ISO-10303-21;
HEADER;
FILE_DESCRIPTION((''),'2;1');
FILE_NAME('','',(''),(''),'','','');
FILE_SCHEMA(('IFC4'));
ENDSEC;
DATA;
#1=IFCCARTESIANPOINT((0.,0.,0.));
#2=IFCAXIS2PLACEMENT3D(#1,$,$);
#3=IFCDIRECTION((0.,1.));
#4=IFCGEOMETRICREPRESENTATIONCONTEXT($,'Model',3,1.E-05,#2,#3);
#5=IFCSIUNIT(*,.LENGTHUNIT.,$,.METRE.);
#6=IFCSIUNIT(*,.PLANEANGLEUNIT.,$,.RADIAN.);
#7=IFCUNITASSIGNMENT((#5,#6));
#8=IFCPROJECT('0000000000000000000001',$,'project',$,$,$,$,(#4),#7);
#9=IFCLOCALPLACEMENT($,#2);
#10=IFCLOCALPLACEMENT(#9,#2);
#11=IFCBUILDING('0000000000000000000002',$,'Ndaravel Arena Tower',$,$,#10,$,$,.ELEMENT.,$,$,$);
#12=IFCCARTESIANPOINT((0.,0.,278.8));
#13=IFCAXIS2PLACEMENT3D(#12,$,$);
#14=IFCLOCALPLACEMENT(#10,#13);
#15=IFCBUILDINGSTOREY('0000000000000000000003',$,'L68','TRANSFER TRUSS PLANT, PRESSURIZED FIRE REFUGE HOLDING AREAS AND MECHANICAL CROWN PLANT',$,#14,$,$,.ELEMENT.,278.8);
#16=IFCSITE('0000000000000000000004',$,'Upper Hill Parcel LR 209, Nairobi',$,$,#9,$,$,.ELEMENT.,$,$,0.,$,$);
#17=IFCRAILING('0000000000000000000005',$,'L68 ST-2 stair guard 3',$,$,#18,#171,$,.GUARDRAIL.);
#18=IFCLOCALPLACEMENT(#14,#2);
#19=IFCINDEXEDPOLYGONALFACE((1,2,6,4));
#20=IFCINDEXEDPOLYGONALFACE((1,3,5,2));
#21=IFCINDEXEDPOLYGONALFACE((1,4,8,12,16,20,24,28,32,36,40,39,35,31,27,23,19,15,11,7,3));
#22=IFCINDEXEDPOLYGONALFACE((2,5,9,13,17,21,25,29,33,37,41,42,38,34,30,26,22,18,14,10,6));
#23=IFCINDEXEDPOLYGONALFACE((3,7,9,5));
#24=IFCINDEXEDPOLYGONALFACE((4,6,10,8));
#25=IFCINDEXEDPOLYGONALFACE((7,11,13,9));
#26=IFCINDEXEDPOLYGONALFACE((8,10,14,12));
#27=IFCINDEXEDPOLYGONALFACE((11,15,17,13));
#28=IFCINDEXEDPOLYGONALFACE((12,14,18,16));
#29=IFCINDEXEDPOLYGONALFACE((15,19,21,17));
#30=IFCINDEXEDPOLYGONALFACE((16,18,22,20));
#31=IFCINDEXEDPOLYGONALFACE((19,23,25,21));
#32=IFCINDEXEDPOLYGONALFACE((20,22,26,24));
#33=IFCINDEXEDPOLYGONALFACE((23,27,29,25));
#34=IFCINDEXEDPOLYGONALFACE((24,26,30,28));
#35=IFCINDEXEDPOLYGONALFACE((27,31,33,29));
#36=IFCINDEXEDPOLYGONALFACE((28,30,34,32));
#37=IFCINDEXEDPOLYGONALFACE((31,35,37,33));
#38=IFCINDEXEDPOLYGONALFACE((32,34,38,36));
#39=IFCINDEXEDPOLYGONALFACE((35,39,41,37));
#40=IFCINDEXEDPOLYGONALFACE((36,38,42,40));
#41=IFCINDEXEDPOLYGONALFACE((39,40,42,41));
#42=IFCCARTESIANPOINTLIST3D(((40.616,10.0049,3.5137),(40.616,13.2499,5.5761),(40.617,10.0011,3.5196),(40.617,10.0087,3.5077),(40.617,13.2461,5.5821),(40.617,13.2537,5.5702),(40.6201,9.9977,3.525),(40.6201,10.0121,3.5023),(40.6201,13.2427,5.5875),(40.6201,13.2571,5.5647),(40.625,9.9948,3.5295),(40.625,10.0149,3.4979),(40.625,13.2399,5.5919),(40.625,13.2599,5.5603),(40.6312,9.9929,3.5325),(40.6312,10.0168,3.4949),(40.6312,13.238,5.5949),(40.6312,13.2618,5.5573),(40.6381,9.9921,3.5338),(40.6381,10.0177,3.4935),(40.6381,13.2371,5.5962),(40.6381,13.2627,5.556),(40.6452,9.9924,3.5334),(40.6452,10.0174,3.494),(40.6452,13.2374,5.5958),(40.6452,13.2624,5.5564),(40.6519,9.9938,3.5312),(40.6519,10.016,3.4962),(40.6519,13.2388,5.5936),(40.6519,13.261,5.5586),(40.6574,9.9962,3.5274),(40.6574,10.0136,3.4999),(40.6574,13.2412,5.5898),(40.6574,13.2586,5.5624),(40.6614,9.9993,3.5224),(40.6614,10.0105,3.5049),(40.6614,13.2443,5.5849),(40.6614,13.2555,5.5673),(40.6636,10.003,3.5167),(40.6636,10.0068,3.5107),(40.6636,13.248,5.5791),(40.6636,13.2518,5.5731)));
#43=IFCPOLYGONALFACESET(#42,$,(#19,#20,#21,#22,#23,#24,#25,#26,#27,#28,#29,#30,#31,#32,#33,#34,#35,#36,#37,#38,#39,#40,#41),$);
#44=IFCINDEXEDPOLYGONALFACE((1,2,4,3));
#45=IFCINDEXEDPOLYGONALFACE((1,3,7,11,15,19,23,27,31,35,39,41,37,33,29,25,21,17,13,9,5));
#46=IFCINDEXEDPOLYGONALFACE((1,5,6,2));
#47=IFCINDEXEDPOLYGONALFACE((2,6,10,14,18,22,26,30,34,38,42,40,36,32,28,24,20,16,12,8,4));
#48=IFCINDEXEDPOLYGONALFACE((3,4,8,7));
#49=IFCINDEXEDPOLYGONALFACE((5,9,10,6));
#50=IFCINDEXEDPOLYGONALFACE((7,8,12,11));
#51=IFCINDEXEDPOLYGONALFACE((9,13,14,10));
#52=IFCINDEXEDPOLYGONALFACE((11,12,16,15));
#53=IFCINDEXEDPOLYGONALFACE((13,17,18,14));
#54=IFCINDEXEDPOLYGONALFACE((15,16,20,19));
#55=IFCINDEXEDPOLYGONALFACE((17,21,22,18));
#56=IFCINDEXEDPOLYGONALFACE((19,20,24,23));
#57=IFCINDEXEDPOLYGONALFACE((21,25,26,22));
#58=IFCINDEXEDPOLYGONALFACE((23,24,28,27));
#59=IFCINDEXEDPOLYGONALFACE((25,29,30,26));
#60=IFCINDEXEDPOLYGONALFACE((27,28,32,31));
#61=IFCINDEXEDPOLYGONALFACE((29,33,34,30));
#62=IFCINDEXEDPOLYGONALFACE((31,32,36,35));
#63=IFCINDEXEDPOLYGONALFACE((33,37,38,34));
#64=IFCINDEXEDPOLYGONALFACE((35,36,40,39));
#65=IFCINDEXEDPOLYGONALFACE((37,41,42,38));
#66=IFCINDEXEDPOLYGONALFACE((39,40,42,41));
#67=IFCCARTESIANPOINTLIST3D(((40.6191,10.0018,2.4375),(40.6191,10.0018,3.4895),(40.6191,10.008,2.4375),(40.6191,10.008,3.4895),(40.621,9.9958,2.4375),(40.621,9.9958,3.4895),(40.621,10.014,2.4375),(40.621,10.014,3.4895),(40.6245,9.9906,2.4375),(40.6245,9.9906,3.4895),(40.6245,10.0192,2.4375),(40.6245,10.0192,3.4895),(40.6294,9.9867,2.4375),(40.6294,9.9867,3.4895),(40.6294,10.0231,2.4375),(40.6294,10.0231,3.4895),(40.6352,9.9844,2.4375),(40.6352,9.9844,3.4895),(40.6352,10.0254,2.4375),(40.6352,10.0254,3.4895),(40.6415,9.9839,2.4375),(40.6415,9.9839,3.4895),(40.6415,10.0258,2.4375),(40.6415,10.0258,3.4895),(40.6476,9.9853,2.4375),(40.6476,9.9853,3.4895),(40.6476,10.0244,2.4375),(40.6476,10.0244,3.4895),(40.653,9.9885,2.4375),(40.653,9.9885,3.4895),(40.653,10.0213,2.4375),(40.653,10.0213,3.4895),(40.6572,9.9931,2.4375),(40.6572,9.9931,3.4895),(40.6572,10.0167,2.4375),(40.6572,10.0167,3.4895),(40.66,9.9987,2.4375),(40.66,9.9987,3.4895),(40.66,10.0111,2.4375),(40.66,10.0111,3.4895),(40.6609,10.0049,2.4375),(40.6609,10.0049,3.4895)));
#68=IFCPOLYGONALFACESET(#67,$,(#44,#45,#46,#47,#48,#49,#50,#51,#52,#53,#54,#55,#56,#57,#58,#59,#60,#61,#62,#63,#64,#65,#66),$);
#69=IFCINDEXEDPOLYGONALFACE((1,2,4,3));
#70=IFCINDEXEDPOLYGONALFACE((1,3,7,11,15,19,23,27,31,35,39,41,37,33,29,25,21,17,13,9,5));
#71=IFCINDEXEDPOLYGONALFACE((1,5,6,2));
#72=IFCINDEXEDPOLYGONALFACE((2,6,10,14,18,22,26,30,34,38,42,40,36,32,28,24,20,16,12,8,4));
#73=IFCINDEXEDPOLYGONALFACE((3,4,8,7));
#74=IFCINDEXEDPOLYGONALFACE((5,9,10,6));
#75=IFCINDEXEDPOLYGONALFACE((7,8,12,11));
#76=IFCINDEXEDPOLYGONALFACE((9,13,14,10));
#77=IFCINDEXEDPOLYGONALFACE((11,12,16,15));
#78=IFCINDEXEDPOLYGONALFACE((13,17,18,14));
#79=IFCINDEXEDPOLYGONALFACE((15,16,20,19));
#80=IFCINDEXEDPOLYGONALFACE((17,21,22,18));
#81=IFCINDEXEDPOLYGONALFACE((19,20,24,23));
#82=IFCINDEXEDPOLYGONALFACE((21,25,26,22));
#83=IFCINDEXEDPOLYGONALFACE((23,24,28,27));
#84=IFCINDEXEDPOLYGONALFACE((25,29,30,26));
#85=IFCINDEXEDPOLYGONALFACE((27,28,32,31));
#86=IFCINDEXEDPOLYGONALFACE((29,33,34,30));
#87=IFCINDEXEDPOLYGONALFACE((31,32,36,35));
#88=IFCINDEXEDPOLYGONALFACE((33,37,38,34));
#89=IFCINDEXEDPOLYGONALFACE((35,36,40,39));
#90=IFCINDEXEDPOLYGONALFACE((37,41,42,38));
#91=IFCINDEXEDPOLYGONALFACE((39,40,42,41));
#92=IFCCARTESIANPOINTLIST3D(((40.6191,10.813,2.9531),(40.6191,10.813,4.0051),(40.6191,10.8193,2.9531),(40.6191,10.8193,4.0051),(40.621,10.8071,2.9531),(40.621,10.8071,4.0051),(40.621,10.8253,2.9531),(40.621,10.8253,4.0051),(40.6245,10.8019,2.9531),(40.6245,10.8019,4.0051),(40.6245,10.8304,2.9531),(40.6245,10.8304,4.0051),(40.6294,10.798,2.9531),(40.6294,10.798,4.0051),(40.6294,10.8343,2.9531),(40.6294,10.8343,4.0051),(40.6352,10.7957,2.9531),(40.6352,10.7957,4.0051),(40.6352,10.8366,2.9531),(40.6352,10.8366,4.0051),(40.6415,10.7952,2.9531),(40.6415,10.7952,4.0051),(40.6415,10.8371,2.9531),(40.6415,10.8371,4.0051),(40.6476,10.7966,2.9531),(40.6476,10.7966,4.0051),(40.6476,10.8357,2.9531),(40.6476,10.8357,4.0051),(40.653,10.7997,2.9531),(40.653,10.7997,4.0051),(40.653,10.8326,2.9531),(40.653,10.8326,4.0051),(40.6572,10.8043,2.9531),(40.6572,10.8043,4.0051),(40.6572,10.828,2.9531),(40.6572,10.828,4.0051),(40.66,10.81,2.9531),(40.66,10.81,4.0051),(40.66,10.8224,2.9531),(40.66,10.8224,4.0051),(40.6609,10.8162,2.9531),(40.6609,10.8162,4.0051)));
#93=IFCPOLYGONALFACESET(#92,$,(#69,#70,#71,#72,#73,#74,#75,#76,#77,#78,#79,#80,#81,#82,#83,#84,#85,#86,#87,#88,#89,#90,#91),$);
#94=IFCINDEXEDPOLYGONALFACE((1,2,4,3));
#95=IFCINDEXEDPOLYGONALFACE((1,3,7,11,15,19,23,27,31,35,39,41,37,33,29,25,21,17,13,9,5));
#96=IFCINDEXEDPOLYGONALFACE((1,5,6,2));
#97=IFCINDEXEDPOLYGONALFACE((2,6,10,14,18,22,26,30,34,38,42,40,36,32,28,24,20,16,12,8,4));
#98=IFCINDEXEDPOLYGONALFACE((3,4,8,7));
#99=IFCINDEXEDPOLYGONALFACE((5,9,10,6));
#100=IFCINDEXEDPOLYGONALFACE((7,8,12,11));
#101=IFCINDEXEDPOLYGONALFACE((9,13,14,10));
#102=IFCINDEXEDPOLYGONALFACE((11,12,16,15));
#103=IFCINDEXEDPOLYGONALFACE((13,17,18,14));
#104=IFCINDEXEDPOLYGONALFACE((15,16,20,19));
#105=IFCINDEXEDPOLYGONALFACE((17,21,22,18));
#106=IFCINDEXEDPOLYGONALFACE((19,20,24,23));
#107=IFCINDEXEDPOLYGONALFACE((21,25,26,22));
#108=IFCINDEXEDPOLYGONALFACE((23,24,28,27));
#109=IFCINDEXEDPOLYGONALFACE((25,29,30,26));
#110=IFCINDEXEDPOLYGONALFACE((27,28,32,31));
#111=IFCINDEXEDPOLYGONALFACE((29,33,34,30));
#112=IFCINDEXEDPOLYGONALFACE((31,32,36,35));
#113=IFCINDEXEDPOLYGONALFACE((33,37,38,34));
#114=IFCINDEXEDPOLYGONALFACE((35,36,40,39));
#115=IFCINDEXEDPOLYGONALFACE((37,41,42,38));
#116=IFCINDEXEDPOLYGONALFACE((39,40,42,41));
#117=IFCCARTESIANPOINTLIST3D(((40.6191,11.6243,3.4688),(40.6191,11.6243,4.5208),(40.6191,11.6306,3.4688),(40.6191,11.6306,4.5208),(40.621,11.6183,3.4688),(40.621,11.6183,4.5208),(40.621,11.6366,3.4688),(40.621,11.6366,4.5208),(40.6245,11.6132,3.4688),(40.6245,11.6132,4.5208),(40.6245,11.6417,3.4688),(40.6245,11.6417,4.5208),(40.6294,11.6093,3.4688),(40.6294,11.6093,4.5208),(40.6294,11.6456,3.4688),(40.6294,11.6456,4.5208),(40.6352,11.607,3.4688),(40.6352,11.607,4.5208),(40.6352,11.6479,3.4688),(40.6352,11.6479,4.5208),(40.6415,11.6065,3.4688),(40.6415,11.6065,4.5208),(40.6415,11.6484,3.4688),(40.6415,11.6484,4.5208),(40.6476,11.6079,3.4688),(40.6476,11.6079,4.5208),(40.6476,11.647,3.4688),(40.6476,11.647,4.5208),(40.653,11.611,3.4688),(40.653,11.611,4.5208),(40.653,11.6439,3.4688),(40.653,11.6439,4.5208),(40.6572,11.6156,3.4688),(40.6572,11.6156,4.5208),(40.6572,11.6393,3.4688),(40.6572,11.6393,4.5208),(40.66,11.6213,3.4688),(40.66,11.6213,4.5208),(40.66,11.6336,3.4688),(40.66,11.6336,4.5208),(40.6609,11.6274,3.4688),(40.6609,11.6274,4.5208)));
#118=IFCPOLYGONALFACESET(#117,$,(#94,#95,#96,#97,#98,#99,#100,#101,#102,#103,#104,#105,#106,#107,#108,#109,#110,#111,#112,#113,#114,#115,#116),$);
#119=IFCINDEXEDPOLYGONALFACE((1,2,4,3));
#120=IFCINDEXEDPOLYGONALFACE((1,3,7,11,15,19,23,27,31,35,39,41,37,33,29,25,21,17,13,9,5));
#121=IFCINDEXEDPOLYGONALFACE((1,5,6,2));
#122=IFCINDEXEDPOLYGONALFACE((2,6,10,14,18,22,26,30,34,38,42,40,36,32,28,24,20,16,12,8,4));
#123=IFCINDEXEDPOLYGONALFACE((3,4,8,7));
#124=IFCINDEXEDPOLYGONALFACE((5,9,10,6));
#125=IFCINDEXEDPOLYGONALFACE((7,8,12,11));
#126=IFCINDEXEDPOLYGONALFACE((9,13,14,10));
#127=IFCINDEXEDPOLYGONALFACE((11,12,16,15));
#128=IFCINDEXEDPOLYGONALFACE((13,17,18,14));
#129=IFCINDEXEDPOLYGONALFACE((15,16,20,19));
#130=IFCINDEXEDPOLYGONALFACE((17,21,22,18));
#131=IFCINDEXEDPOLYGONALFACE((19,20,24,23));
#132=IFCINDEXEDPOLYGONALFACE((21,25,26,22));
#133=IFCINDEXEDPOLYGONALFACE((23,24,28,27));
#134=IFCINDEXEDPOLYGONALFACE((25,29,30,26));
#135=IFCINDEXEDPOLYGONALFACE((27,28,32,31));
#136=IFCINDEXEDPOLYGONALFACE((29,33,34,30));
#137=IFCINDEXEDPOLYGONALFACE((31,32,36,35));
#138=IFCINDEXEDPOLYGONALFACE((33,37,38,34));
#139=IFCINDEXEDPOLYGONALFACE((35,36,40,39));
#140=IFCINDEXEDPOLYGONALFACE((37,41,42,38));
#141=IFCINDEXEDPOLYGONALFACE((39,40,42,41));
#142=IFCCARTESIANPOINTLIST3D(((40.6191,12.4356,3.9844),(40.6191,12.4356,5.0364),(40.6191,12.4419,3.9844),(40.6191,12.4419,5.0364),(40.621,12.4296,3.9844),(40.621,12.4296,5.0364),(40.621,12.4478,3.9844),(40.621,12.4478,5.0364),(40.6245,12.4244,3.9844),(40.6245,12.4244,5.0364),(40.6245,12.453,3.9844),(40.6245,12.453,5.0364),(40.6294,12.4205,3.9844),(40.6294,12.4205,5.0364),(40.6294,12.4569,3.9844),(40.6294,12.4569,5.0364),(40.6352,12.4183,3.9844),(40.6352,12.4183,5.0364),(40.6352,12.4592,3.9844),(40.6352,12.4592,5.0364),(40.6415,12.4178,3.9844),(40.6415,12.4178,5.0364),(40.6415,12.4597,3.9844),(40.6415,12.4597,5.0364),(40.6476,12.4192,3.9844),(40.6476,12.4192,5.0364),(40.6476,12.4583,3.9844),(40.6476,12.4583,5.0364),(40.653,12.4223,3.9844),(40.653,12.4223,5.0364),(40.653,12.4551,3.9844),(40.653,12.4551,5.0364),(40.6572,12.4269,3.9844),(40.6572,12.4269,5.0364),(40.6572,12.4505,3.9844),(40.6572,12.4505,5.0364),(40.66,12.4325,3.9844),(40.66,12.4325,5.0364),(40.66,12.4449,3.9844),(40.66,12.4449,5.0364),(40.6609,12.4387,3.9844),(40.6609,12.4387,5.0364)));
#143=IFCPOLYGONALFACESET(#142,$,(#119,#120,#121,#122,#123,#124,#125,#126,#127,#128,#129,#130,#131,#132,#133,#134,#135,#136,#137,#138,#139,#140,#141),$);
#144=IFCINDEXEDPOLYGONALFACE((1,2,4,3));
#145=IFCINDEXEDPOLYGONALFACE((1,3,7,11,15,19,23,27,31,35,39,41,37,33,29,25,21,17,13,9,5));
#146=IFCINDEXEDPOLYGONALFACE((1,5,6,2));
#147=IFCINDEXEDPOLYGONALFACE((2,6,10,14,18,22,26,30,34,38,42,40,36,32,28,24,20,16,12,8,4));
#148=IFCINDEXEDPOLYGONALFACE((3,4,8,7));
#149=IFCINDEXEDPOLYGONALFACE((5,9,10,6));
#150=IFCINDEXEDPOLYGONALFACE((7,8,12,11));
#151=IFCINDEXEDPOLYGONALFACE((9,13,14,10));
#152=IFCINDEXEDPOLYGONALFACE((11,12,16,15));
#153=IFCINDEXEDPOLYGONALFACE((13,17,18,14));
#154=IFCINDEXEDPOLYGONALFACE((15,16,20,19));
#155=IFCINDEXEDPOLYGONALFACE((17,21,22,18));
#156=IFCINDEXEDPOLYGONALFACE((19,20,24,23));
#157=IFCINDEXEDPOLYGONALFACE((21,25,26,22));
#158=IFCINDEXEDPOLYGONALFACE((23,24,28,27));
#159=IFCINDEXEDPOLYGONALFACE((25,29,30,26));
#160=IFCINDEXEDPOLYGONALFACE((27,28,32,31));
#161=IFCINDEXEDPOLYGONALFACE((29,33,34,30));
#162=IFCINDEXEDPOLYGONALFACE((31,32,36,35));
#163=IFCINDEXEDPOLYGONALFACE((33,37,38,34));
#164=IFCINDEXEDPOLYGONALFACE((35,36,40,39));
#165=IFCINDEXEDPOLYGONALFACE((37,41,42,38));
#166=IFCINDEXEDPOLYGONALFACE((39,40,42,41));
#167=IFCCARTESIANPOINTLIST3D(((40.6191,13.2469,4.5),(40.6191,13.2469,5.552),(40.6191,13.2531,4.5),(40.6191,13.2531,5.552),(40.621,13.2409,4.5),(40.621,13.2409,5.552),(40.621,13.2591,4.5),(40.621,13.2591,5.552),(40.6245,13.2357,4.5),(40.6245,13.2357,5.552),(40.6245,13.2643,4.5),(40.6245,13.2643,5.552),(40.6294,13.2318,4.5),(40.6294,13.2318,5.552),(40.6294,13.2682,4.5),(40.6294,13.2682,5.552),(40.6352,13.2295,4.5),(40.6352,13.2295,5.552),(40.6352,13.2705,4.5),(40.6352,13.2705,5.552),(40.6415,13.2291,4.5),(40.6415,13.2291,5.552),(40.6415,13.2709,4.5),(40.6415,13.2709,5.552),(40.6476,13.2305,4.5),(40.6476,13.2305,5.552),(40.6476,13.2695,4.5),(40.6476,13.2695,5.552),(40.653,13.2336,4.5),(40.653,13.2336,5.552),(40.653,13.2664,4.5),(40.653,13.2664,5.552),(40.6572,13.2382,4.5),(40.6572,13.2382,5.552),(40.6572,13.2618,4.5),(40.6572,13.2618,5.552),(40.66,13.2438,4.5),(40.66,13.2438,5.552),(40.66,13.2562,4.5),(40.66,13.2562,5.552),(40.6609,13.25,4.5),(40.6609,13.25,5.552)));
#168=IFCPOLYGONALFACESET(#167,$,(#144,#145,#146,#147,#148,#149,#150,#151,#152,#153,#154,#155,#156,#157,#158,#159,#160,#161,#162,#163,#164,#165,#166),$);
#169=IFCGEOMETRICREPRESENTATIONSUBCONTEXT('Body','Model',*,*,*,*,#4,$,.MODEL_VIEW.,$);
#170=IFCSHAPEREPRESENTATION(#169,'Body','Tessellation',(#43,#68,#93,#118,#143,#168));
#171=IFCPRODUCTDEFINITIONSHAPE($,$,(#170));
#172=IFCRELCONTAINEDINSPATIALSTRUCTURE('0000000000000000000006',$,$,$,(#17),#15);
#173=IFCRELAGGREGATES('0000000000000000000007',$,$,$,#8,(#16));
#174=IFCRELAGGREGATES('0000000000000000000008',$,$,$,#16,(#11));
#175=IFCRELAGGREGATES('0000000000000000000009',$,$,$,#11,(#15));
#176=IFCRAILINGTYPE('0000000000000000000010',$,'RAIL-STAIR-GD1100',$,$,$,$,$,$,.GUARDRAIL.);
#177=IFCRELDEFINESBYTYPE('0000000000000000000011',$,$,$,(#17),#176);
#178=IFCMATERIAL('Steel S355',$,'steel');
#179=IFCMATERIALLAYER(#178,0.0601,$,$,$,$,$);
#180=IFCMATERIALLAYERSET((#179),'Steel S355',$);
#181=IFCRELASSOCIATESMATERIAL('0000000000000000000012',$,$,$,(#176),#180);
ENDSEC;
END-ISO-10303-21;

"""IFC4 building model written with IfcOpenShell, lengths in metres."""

from ifc_helpers import new_model, si_unit, direction, frame, origin, origin_2d, place, context, subcontext, project, spatial, circle, extrude, material, layer, layer_set, type_object, element, save


model = new_model("IFC4")

# Units and contexts
model_context = context("Model", 3, precision=1e-05, world=origin(), true_north=direction((0.0, 1.0)))
body_context = subcontext(model_context, "Body", "Model", "MODEL_VIEW")
ifc_project = project(units=[si_unit("LENGTHUNIT", "METRE"), si_unit("PLANEANGLEUNIT", "RADIAN")], contexts=[model_context])

# Site, building, storey
site_placement = place(None, origin())
site = spatial("IfcSite", under=ifc_project, at=site_placement, Name="Upper Hill Parcel LR 209, Nairobi", CompositionType="ELEMENT", RefElevation=0.0)
building_placement = place(site_placement, origin())
building = spatial("IfcBuilding", under=site, at=building_placement, Name="Ndaravel Arena Tower", CompositionType="ELEMENT")
storey_placement = place(building_placement, frame((0.0, 0.0, 278.8)))
storey = spatial("IfcBuildingStorey", under=building, at=storey_placement, Name="L68", Description="TRANSFER TRUSS PLANT, PRESSURIZED FIRE REFUGE HOLDING AREAS AND MECHANICAL CROWN PLANT", CompositionType="ELEMENT", Elevation=278.8)

# Railing
ifc_material_1 = material(Name="Steel S355", Category="steel")
ifc_layer_1 = layer(ifc_material_1, 0.0601)
ifc_layer_set_1 = layer_set([ifc_layer_1], Name="Steel S355")
railing_type_1 = type_object("IfcRailingType", Name="RAIL-STAIR-GD1100", PredefinedType="GUARDRAIL", material=ifc_layer_set_1)
railing_1_placement = place(storey_placement, frame((40.6399, 10.0049, 2.4375)))
element("IfcRailing", 1, at=railing_1_placement, inside=storey, type_object=railing_type_1, Name="L68 ST-2 stair guard 3", PredefinedType="GUARDRAIL", context=body_context, shape_type="SweptSolid", body=[
    extrude(circle(Radius=0.0239, at=origin_2d()), frame((0.0, 0.0, 1.0762), z_axis=(0.0, 0.843965, 0.536399), x_axis=(-1.0, 0.0, 0.0)), (0.0, 0.0, 1.0), 3.845),
    extrude(circle(Radius=0.021, at=origin_2d()), origin(), (0.0, 0.0, 1.0), 1.052),
    extrude(circle(Radius=0.021, at=origin_2d()), frame((0.0, 0.8113, 0.5156)), (0.0, 0.0, 1.0), 1.052),
    extrude(circle(Radius=0.021, at=origin_2d()), frame((0.0, 1.6226, 1.0312)), (0.0, 0.0, 1.0), 1.052),
    extrude(circle(Radius=0.021, at=origin_2d()), frame((0.0, 2.4338, 1.5469)), (0.0, 0.0, 1.0), 1.052),
    extrude(circle(Radius=0.021, at=origin_2d()), frame((0.0, 3.2451, 2.0625)), (0.0, 0.0, 1.0), 1.052),
])

save(model, "model.ifc")
